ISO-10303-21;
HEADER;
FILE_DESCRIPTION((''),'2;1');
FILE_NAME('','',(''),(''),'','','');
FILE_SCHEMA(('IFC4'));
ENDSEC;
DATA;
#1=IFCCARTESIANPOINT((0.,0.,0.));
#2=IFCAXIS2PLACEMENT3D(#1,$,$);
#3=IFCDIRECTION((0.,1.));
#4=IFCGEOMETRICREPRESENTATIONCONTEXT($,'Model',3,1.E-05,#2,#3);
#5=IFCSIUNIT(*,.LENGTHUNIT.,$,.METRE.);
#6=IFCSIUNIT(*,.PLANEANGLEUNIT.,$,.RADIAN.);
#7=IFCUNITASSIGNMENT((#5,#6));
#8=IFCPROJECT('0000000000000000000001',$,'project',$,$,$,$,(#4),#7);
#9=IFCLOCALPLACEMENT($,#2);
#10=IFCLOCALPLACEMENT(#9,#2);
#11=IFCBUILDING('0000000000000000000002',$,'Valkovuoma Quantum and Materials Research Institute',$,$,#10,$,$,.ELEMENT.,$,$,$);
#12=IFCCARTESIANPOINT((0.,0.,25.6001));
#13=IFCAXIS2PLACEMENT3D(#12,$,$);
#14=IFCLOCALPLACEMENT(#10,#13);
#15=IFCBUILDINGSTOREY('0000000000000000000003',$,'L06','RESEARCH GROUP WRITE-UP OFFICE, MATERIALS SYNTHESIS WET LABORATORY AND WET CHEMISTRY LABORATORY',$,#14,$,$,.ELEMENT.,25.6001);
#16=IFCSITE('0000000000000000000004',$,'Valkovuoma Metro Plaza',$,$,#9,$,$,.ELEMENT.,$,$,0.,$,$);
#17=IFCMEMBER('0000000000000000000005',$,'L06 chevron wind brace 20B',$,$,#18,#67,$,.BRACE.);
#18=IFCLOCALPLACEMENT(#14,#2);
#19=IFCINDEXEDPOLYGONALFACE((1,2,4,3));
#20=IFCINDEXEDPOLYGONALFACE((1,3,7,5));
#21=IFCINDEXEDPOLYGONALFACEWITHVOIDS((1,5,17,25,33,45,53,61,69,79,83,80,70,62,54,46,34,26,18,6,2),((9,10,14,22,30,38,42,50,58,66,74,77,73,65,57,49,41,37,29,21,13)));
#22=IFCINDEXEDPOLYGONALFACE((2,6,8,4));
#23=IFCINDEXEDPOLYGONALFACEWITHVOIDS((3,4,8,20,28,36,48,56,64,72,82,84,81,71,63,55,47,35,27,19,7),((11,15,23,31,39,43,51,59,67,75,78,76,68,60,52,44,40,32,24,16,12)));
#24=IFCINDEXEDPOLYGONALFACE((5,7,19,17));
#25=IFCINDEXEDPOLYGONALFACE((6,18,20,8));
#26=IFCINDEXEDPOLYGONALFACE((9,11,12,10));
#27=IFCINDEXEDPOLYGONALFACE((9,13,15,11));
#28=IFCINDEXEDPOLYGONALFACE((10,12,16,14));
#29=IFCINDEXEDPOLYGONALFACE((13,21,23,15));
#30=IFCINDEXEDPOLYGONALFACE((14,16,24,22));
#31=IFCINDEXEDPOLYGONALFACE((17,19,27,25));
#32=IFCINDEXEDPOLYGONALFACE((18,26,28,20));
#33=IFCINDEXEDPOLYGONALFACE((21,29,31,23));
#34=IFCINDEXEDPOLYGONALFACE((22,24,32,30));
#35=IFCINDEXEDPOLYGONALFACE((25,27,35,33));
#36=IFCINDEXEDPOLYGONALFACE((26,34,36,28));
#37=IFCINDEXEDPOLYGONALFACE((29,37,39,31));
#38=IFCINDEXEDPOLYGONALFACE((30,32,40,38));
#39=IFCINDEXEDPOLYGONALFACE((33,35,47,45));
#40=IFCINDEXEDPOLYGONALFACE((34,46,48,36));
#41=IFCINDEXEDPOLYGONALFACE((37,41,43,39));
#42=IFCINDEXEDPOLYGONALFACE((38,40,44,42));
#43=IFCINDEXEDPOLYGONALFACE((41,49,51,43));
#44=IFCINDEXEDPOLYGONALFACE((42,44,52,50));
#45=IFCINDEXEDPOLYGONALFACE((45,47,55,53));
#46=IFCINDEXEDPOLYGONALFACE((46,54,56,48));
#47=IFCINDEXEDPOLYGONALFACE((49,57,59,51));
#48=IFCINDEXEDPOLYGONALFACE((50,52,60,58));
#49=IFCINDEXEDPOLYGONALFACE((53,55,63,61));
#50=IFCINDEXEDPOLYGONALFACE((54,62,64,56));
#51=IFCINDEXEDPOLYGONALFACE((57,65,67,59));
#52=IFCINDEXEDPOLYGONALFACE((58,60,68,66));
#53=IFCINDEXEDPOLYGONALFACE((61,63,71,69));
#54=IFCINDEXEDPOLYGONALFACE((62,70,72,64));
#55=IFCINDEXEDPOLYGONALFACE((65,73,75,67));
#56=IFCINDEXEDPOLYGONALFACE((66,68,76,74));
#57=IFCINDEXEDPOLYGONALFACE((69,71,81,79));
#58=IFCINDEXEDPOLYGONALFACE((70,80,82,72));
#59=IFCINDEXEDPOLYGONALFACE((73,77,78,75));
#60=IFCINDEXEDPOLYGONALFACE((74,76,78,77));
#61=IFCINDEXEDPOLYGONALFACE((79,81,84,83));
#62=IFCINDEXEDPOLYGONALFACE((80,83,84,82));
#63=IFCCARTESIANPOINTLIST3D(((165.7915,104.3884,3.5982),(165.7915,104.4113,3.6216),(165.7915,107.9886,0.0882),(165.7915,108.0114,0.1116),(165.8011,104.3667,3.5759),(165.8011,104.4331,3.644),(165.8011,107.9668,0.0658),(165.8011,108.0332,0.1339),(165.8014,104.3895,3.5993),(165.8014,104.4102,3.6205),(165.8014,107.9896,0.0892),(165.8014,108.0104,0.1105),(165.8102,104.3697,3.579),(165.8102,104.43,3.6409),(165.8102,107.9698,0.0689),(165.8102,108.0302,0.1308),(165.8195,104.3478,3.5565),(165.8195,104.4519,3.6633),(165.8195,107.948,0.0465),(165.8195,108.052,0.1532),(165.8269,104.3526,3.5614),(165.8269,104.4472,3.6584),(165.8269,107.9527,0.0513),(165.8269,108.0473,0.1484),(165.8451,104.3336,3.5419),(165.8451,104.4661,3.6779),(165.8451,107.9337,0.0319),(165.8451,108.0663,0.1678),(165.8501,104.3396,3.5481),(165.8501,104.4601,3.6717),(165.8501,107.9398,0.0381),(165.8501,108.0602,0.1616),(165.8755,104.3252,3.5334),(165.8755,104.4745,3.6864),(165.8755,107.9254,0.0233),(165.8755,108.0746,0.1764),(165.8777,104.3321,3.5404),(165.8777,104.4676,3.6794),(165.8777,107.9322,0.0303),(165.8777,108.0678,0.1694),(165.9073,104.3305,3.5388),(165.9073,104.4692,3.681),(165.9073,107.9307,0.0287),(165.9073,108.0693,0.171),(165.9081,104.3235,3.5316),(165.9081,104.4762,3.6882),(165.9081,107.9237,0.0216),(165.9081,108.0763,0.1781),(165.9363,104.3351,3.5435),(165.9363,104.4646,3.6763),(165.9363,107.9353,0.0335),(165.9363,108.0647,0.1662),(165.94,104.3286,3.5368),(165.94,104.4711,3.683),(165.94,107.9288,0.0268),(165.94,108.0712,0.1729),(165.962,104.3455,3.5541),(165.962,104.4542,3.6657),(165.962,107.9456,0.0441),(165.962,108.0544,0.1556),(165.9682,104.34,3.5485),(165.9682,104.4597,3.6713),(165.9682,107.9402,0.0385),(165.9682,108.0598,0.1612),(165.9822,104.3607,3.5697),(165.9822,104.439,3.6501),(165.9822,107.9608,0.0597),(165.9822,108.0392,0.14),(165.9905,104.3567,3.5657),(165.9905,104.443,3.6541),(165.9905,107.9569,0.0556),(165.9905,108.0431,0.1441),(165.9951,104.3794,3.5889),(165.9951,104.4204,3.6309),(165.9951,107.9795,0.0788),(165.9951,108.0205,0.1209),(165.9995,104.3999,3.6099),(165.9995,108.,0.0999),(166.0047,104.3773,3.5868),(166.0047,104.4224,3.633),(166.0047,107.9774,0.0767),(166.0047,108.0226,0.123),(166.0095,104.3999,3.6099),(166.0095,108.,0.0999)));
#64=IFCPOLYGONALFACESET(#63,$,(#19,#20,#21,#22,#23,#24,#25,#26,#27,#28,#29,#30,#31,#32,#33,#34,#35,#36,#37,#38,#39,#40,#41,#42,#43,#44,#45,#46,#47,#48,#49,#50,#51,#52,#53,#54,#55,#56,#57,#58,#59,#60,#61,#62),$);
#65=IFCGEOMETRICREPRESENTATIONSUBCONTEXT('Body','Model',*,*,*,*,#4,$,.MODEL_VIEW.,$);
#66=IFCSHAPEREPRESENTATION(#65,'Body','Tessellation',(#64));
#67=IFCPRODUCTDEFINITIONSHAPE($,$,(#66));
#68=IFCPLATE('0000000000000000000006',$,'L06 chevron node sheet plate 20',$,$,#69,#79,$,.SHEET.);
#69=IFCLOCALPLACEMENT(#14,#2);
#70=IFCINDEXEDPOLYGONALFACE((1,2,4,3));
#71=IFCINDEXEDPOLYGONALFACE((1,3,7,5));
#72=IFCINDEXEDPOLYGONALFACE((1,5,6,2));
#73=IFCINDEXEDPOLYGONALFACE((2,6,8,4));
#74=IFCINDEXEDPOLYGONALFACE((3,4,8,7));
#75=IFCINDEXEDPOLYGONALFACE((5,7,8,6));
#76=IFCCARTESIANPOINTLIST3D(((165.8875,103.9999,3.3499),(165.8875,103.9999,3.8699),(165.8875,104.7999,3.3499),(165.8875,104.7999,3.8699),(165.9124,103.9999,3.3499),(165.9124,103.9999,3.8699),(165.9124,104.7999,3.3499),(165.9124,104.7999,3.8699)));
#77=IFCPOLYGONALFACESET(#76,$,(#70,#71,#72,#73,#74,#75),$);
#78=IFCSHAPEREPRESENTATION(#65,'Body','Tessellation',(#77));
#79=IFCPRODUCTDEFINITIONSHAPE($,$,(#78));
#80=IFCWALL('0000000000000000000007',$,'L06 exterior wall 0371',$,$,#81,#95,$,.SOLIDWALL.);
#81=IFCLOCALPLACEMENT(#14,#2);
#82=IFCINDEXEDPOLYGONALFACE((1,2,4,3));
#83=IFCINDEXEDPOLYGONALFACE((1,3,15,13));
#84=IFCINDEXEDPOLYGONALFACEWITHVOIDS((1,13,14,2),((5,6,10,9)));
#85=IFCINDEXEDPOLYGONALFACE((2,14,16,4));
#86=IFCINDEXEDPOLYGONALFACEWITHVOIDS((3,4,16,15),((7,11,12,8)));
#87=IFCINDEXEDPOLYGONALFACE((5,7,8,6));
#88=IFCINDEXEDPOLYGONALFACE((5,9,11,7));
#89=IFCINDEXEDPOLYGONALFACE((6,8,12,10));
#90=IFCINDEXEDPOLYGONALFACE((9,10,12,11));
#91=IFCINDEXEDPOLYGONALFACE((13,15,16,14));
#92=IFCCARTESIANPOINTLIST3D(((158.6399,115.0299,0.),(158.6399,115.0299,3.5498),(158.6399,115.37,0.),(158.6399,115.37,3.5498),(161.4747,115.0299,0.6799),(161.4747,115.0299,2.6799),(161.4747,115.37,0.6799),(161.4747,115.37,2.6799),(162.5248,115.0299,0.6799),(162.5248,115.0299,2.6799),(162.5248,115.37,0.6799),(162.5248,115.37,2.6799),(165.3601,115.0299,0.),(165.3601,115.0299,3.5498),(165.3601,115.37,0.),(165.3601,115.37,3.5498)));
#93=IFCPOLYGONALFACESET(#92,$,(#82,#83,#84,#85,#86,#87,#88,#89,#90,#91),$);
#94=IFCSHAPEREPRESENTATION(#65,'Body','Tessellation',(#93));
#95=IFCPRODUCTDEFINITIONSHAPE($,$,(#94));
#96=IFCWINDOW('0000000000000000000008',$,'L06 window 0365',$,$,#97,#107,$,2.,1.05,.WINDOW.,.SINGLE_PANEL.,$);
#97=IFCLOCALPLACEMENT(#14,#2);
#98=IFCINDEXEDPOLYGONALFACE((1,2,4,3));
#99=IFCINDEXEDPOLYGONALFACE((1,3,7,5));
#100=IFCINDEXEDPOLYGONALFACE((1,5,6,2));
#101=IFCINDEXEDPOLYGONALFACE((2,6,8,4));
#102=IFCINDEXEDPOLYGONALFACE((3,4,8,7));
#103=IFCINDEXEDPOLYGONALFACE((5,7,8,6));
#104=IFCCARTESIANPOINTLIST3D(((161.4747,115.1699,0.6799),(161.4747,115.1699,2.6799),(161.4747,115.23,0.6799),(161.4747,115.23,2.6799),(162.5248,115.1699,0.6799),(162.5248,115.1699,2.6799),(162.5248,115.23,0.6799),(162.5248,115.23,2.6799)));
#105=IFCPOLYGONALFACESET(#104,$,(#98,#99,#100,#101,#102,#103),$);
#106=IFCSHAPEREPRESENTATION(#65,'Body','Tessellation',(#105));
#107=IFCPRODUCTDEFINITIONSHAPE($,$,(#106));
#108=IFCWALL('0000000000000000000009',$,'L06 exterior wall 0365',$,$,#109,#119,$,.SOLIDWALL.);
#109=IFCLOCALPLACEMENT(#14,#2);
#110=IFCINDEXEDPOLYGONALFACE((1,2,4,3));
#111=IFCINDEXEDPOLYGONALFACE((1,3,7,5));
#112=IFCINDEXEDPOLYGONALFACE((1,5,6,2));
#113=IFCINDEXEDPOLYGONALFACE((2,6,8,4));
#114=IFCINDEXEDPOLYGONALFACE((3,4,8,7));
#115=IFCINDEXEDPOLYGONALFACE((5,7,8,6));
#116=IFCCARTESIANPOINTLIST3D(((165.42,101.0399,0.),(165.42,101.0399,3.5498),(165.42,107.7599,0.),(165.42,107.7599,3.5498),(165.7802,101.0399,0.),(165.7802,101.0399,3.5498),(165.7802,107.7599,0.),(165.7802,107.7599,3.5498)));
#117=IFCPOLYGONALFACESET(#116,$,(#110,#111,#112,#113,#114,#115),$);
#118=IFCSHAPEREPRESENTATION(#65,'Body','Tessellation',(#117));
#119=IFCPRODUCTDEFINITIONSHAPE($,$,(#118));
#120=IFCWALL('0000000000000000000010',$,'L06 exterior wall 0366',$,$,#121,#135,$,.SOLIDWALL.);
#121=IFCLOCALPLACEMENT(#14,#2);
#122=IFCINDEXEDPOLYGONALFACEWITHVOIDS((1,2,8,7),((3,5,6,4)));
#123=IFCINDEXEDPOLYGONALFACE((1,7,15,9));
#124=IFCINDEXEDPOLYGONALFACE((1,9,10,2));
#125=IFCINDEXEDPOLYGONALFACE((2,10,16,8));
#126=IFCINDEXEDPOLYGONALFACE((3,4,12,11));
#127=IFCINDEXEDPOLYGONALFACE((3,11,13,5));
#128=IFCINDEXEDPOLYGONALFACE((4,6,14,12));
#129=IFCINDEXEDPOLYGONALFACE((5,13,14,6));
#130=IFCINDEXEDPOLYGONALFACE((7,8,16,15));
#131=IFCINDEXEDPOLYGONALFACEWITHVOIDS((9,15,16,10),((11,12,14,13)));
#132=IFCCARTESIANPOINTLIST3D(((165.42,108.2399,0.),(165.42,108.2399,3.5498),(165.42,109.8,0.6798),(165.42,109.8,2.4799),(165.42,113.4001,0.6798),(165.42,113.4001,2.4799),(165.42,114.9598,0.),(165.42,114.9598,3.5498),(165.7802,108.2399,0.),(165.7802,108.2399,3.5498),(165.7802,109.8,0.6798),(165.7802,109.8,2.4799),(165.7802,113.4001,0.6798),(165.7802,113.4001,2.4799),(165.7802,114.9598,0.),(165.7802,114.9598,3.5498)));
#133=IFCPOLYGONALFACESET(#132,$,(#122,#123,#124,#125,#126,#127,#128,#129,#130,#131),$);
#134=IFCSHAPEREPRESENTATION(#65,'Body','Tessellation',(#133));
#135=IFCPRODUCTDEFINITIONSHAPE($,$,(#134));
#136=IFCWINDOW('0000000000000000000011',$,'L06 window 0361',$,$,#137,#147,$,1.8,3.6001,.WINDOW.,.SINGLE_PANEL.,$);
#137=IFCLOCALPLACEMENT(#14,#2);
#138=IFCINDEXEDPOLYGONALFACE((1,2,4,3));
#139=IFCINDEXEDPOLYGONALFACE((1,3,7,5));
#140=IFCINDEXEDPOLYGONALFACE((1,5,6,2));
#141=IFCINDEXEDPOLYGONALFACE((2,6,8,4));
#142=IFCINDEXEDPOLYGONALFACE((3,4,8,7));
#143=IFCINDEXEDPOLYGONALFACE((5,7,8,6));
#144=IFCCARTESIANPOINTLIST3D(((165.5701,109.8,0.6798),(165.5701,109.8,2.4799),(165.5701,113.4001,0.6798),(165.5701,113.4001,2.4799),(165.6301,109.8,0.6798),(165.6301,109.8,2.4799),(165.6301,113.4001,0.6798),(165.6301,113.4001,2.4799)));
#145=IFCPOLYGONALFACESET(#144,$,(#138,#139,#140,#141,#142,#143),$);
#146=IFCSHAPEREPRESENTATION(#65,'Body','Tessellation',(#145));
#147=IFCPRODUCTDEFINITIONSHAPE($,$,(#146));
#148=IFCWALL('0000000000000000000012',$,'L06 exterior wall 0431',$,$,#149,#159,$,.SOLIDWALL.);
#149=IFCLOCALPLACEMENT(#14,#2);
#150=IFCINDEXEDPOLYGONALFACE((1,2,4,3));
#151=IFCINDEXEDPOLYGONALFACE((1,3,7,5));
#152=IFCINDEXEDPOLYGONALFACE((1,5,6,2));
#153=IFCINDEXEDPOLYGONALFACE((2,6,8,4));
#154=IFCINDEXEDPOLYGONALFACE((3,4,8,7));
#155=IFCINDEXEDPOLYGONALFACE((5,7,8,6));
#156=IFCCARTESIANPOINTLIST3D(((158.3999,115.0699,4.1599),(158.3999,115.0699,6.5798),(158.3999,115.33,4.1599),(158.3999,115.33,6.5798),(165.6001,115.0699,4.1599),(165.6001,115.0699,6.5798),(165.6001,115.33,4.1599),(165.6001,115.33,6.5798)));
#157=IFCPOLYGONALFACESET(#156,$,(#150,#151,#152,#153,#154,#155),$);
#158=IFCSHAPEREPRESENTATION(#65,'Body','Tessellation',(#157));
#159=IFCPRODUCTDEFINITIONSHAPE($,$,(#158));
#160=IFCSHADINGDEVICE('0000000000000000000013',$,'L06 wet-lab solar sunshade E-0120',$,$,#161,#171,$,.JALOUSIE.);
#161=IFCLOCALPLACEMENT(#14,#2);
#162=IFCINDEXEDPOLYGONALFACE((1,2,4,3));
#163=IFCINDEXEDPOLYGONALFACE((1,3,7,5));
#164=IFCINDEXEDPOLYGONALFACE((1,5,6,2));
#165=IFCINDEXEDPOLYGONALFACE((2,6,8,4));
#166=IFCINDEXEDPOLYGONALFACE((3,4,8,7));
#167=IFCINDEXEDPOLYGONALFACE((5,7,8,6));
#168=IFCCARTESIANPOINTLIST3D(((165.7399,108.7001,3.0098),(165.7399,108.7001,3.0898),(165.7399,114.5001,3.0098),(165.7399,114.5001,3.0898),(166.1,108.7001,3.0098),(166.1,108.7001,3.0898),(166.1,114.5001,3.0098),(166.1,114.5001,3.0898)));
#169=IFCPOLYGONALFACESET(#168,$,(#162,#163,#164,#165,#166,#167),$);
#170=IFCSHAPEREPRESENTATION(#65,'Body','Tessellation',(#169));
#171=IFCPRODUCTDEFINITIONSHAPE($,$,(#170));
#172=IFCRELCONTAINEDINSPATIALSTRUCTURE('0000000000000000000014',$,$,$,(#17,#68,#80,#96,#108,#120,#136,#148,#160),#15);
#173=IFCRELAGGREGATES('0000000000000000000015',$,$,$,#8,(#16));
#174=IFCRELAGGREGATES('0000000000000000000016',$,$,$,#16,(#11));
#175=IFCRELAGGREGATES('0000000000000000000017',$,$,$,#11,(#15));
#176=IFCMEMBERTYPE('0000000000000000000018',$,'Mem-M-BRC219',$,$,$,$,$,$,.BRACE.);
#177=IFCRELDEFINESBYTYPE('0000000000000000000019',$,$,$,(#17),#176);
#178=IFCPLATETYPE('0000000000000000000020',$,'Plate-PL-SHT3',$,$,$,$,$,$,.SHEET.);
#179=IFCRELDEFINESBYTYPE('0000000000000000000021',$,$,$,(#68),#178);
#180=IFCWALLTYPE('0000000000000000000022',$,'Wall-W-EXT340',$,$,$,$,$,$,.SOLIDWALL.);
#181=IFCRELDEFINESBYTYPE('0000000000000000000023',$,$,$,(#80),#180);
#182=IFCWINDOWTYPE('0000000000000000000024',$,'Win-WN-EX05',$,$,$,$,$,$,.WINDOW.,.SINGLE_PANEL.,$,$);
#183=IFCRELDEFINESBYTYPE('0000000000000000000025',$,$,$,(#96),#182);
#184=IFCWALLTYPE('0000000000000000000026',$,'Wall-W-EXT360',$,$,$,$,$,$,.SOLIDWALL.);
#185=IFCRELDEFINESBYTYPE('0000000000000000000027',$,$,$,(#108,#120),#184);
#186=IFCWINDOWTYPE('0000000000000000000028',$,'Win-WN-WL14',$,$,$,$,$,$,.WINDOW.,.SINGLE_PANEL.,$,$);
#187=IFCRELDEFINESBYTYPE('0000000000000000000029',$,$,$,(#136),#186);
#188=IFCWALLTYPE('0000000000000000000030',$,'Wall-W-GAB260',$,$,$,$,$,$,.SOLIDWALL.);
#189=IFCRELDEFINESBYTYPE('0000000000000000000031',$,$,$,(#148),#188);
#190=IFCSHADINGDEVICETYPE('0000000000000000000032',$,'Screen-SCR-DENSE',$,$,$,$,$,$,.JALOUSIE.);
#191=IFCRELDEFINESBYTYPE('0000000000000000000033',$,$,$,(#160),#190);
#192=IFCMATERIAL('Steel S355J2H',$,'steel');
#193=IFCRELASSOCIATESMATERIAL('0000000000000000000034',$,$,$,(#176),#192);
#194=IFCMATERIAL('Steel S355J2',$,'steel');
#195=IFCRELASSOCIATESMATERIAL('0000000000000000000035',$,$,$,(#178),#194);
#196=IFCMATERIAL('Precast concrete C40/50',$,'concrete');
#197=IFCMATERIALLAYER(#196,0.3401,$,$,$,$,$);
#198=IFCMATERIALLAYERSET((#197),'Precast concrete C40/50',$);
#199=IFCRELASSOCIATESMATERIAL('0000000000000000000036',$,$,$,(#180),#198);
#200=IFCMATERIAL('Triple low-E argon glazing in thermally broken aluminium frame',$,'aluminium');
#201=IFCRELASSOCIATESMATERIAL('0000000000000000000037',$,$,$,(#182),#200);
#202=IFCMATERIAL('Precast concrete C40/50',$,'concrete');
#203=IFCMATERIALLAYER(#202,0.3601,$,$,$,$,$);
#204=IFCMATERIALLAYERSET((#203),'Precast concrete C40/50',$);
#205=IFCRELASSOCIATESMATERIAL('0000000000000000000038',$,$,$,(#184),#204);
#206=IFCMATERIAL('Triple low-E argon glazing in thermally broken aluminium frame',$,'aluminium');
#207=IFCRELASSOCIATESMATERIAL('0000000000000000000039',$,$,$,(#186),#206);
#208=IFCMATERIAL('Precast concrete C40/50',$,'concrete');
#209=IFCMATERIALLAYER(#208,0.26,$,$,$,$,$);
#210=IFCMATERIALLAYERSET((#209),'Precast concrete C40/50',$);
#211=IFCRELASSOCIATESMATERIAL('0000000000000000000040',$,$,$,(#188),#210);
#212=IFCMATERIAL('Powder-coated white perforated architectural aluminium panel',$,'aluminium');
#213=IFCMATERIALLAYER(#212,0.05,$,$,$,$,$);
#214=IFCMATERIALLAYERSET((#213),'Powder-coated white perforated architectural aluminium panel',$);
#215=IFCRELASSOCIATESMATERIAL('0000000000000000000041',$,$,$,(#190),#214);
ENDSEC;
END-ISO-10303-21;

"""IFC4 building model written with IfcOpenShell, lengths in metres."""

from ifc_helpers import new_model, si_unit, direction, frame, frame_2d, origin, origin_2d, place, context, subcontext, project, spatial, rectangle, hollow_circle, extrude, material, layer, layer_set, material_profile, profile_set, type_object, element, fill, save


model = new_model("IFC4")

# Units and contexts
model_context = context("Model", 3, precision=1e-05, world=origin(), true_north=direction((0.0, 1.0)))
body_context = subcontext(model_context, "Body", "Model", "MODEL_VIEW")
ifc_project = project(units=[si_unit("LENGTHUNIT", "METRE"), si_unit("PLANEANGLEUNIT", "RADIAN")], contexts=[model_context])

# Site, building, storey
site_placement = place(None, origin())
site = spatial("IfcSite", under=ifc_project, at=site_placement, Name="Valkovuoma Metro Plaza", CompositionType="ELEMENT", RefElevation=0.0)
building_placement = place(site_placement, origin())
building = spatial("IfcBuilding", under=site, at=building_placement, Name="Valkovuoma Quantum and Materials Research Institute", CompositionType="ELEMENT")
storey_placement = place(building_placement, frame((0.0, 0.0, 25.6001)))
storey = spatial("IfcBuildingStorey", under=building, at=storey_placement, Name="L06", Description="RESEARCH GROUP WRITE-UP OFFICE, MATERIALS SYNTHESIS WET LABORATORY AND WET CHEMISTRY LABORATORY", CompositionType="ELEMENT", Elevation=25.6001)

# Member
ifc_material_1 = material(Name="Steel S355J2H", Category="steel")
ifc_material_profile_1 = material_profile(ifc_material_1, hollow_circle(Radius=0.1096, WallThickness=0.01, at=origin_2d()), Name="Steel S355J2H")
ifc_profile_set_1 = profile_set([ifc_material_profile_1], Name="Steel S355J2H")
member_type = type_object("IfcMemberType", Name="Mem-M-BRC219", PredefinedType="BRACE", material=ifc_profile_set_1)
member_placement = place(storey_placement, frame((165.8999, 108.0, 0.0999), z_axis=(0.0, -0.716009, 0.698091), x_axis=(1.0, 0.0, 0.0)))
element("IfcMember", 1, at=member_placement, inside=storey, type_object=member_type, Name="L06 chevron wind brace 20B", PredefinedType="BRACE", context=body_context, shape_type="SweptSolid", body=[
    extrude(hollow_circle(Radius=0.1096, WallThickness=0.01, at=origin_2d()), origin(), (0.0, 0.0, 1.0), 5.0281),
])

# Plate
ifc_material_2 = material(Name="Steel S355J2", Category="steel")
plate_type = type_object("IfcPlateType", Name="Plate-PL-SHT3", PredefinedType="SHEET", material=ifc_material_2)
plate_placement = place(storey_placement, frame((165.8999, 104.3999, 3.3499), z_axis=(0.0, 0.0, 1.0), x_axis=(0.0, 1.0, 0.0)))
element("IfcPlate", 2, at=plate_placement, inside=storey, type_object=plate_type, Name="L06 chevron node sheet plate 20", PredefinedType="SHEET", context=body_context, shape_type="SweptSolid", body=[
    extrude(rectangle(XDim=0.8, YDim=0.0249, at=origin_2d()), origin(), (0.0, 0.0, 1.0), 0.52),
])

# Wall, opening, window
ifc_material_3 = material(Name="Precast concrete C40/50", Category="concrete")
ifc_layer_1 = layer(ifc_material_3, 0.3401)
ifc_layer_set_1 = layer_set([ifc_layer_1], Name="Precast concrete C40/50")
wall_type_1 = type_object("IfcWallType", Name="Wall-W-EXT340", PredefinedType="SOLIDWALL", material=ifc_layer_set_1)
wall_1_placement = place(storey_placement, frame((158.6399, 115.2, 0.0), z_axis=(0.0, 0.0, 1.0), x_axis=(1.0, 0.0, 0.0)))
wall_1 = element("IfcWall", 3, at=wall_1_placement, inside=storey, type_object=wall_type_1, Name="L06 exterior wall 0371", PredefinedType="SOLIDWALL", context=body_context, shape_type="SweptSolid", body=[
    extrude(rectangle(XDim=6.7202, YDim=0.3401, at=frame_2d((3.3601, 0.0))), origin(), (0.0, 0.0, 1.0), 3.5498),
])
opening_1_placement = place(wall_1_placement, frame((2.835, 0.0, 0.6799)))
opening_1 = element("IfcOpeningElement", 4, at=opening_1_placement, cuts=wall_1, PredefinedType="OPENING", context=body_context, shape_type="SweptSolid", body=[
    extrude(rectangle(XDim=1.05, YDim=2.0, at=frame_2d((0.5249, 1.0))), frame((0.0, 0.1802, 0.0), z_axis=(0.0, -1.0, 0.0), x_axis=(1.0, 0.0, 0.0)), (0.0, 0.0, 1.0), 0.3601),
])
ifc_material_4 = material(Name="Triple low-E argon glazing in thermally broken aluminium frame", Category="aluminium")
window_type_1 = type_object("IfcWindowType", Name="Win-WN-EX05", PartitioningType="SINGLE_PANEL", PredefinedType="WINDOW", material=ifc_material_4)
window_1_placement = place(opening_1_placement, origin())
window_1 = element("IfcWindow", 5, at=window_1_placement, inside=storey, type_object=window_type_1, Name="L06 window 0365", OverallHeight=2.0, OverallWidth=1.05, PartitioningType="SINGLE_PANEL", PredefinedType="WINDOW", context=body_context, shape_type="SweptSolid", body=[
    extrude(rectangle(XDim=1.05, YDim=2.0, at=frame_2d((0.5249, 1.0))), frame((0.0, 0.03, 0.0), z_axis=(0.0, -1.0, 0.0), x_axis=(1.0, 0.0, 0.0)), (0.0, 0.0, 1.0), 0.0601),
])
fill(opening_1, window_1)

# Wall
ifc_material_5 = material(Name="Precast concrete C40/50", Category="concrete")
ifc_layer_2 = layer(ifc_material_5, 0.3601)
ifc_layer_set_2 = layer_set([ifc_layer_2], Name="Precast concrete C40/50")
wall_type_2 = type_object("IfcWallType", Name="Wall-W-EXT360", PredefinedType="SOLIDWALL", material=ifc_layer_set_2)
wall_2_placement = place(storey_placement, frame((165.6001, 101.04, 0.0), z_axis=(0.0, 0.0, 1.0), x_axis=(0.0, 1.0, 0.0)))
element("IfcWall", 6, at=wall_2_placement, inside=storey, type_object=wall_type_2, Name="L06 exterior wall 0365", PredefinedType="SOLIDWALL", context=body_context, shape_type="SweptSolid", body=[
    extrude(rectangle(XDim=6.72, YDim=0.3601, at=frame_2d((3.3599, 0.0))), origin(), (0.0, 0.0, 1.0), 3.5498),
])

# Wall, opening, window
wall_3_placement = place(storey_placement, frame((165.6001, 108.24, 0.0), z_axis=(0.0, 0.0, 1.0), x_axis=(0.0, 1.0, 0.0)))
wall_3 = element("IfcWall", 7, at=wall_3_placement, inside=storey, type_object=wall_type_2, Name="L06 exterior wall 0366", PredefinedType="SOLIDWALL", context=body_context, shape_type="SweptSolid", body=[
    extrude(rectangle(XDim=6.72, YDim=0.3601, at=frame_2d((3.3599, 0.0))), origin(), (0.0, 0.0, 1.0), 3.5498),
])
opening_2_placement = place(wall_3_placement, frame((1.5601, 0.0, 0.6799)))
opening_2 = element("IfcOpeningElement", 8, at=opening_2_placement, cuts=wall_3, PredefinedType="OPENING", context=body_context, shape_type="SweptSolid", body=[
    extrude(rectangle(XDim=3.6001, YDim=1.8, at=frame_2d((1.8, 0.8999))), frame((0.0, 0.1899, 0.0), z_axis=(0.0, -1.0, 0.0), x_axis=(1.0, 0.0, 0.0)), (0.0, 0.0, 1.0), 0.3801),
])
ifc_material_6 = material(Name="Triple low-E argon glazing in thermally broken aluminium frame", Category="aluminium")
window_type_2 = type_object("IfcWindowType", Name="Win-WN-WL14", PartitioningType="SINGLE_PANEL", PredefinedType="WINDOW", material=ifc_material_6)
window_2_placement = place(opening_2_placement, origin())
window_2 = element("IfcWindow", 9, at=window_2_placement, inside=storey, type_object=window_type_2, Name="L06 window 0361", OverallHeight=1.8, OverallWidth=3.6001, PartitioningType="SINGLE_PANEL", PredefinedType="WINDOW", context=body_context, shape_type="SweptSolid", body=[
    extrude(rectangle(XDim=3.6001, YDim=1.8, at=frame_2d((1.8, 0.8999))), frame((0.0, 0.03, 0.0), z_axis=(0.0, -1.0, 0.0), x_axis=(1.0, 0.0, 0.0)), (0.0, 0.0, 1.0), 0.0601),
])
fill(opening_2, window_2)

# Wall
ifc_material_7 = material(Name="Precast concrete C40/50", Category="concrete")
ifc_layer_3 = layer(ifc_material_7, 0.26)
ifc_layer_set_3 = layer_set([ifc_layer_3], Name="Precast concrete C40/50")
wall_type_3 = type_object("IfcWallType", Name="Wall-W-GAB260", PredefinedType="SOLIDWALL", material=ifc_layer_set_3)
wall_4_placement = place(storey_placement, frame((158.3999, 115.2, 4.1599), z_axis=(0.0, 0.0, 1.0), x_axis=(1.0, 0.0, 0.0)))
element("IfcWall", 10, at=wall_4_placement, inside=storey, type_object=wall_type_3, Name="L06 exterior wall 0431", PredefinedType="SOLIDWALL", context=body_context, shape_type="SweptSolid", body=[
    extrude(rectangle(XDim=7.2002, YDim=0.26, at=frame_2d((3.6001, 0.0))), origin(), (0.0, 0.0, 1.0), 2.4199),
])

# Shading device
ifc_material_8 = material(Name="Powder-coated white perforated architectural aluminium panel", Category="aluminium")
ifc_layer_4 = layer(ifc_material_8, 0.05)
ifc_layer_set_4 = layer_set([ifc_layer_4], Name="Powder-coated white perforated architectural aluminium panel")
shading_device_type_1 = type_object("IfcShadingDeviceType", Name="Screen-SCR-DENSE", PredefinedType="JALOUSIE", material=ifc_layer_set_4)
shading_device_1_placement = place(storey_placement, frame((165.9199, 111.6001, 3.0098), z_axis=(0.0, 0.0, 1.0), x_axis=(1.0, 0.0, 0.0)))
element("IfcShadingDevice", 11, at=shading_device_1_placement, inside=storey, type_object=shading_device_type_1, Name="L06 wet-lab solar sunshade E-0120", PredefinedType="JALOUSIE", context=body_context, shape_type="SweptSolid", body=[
    extrude(rectangle(XDim=0.3601, YDim=5.8, at=origin_2d()), origin(), (0.0, 0.0, 1.0), 0.0801),
])

save(model, "model.ifc")
